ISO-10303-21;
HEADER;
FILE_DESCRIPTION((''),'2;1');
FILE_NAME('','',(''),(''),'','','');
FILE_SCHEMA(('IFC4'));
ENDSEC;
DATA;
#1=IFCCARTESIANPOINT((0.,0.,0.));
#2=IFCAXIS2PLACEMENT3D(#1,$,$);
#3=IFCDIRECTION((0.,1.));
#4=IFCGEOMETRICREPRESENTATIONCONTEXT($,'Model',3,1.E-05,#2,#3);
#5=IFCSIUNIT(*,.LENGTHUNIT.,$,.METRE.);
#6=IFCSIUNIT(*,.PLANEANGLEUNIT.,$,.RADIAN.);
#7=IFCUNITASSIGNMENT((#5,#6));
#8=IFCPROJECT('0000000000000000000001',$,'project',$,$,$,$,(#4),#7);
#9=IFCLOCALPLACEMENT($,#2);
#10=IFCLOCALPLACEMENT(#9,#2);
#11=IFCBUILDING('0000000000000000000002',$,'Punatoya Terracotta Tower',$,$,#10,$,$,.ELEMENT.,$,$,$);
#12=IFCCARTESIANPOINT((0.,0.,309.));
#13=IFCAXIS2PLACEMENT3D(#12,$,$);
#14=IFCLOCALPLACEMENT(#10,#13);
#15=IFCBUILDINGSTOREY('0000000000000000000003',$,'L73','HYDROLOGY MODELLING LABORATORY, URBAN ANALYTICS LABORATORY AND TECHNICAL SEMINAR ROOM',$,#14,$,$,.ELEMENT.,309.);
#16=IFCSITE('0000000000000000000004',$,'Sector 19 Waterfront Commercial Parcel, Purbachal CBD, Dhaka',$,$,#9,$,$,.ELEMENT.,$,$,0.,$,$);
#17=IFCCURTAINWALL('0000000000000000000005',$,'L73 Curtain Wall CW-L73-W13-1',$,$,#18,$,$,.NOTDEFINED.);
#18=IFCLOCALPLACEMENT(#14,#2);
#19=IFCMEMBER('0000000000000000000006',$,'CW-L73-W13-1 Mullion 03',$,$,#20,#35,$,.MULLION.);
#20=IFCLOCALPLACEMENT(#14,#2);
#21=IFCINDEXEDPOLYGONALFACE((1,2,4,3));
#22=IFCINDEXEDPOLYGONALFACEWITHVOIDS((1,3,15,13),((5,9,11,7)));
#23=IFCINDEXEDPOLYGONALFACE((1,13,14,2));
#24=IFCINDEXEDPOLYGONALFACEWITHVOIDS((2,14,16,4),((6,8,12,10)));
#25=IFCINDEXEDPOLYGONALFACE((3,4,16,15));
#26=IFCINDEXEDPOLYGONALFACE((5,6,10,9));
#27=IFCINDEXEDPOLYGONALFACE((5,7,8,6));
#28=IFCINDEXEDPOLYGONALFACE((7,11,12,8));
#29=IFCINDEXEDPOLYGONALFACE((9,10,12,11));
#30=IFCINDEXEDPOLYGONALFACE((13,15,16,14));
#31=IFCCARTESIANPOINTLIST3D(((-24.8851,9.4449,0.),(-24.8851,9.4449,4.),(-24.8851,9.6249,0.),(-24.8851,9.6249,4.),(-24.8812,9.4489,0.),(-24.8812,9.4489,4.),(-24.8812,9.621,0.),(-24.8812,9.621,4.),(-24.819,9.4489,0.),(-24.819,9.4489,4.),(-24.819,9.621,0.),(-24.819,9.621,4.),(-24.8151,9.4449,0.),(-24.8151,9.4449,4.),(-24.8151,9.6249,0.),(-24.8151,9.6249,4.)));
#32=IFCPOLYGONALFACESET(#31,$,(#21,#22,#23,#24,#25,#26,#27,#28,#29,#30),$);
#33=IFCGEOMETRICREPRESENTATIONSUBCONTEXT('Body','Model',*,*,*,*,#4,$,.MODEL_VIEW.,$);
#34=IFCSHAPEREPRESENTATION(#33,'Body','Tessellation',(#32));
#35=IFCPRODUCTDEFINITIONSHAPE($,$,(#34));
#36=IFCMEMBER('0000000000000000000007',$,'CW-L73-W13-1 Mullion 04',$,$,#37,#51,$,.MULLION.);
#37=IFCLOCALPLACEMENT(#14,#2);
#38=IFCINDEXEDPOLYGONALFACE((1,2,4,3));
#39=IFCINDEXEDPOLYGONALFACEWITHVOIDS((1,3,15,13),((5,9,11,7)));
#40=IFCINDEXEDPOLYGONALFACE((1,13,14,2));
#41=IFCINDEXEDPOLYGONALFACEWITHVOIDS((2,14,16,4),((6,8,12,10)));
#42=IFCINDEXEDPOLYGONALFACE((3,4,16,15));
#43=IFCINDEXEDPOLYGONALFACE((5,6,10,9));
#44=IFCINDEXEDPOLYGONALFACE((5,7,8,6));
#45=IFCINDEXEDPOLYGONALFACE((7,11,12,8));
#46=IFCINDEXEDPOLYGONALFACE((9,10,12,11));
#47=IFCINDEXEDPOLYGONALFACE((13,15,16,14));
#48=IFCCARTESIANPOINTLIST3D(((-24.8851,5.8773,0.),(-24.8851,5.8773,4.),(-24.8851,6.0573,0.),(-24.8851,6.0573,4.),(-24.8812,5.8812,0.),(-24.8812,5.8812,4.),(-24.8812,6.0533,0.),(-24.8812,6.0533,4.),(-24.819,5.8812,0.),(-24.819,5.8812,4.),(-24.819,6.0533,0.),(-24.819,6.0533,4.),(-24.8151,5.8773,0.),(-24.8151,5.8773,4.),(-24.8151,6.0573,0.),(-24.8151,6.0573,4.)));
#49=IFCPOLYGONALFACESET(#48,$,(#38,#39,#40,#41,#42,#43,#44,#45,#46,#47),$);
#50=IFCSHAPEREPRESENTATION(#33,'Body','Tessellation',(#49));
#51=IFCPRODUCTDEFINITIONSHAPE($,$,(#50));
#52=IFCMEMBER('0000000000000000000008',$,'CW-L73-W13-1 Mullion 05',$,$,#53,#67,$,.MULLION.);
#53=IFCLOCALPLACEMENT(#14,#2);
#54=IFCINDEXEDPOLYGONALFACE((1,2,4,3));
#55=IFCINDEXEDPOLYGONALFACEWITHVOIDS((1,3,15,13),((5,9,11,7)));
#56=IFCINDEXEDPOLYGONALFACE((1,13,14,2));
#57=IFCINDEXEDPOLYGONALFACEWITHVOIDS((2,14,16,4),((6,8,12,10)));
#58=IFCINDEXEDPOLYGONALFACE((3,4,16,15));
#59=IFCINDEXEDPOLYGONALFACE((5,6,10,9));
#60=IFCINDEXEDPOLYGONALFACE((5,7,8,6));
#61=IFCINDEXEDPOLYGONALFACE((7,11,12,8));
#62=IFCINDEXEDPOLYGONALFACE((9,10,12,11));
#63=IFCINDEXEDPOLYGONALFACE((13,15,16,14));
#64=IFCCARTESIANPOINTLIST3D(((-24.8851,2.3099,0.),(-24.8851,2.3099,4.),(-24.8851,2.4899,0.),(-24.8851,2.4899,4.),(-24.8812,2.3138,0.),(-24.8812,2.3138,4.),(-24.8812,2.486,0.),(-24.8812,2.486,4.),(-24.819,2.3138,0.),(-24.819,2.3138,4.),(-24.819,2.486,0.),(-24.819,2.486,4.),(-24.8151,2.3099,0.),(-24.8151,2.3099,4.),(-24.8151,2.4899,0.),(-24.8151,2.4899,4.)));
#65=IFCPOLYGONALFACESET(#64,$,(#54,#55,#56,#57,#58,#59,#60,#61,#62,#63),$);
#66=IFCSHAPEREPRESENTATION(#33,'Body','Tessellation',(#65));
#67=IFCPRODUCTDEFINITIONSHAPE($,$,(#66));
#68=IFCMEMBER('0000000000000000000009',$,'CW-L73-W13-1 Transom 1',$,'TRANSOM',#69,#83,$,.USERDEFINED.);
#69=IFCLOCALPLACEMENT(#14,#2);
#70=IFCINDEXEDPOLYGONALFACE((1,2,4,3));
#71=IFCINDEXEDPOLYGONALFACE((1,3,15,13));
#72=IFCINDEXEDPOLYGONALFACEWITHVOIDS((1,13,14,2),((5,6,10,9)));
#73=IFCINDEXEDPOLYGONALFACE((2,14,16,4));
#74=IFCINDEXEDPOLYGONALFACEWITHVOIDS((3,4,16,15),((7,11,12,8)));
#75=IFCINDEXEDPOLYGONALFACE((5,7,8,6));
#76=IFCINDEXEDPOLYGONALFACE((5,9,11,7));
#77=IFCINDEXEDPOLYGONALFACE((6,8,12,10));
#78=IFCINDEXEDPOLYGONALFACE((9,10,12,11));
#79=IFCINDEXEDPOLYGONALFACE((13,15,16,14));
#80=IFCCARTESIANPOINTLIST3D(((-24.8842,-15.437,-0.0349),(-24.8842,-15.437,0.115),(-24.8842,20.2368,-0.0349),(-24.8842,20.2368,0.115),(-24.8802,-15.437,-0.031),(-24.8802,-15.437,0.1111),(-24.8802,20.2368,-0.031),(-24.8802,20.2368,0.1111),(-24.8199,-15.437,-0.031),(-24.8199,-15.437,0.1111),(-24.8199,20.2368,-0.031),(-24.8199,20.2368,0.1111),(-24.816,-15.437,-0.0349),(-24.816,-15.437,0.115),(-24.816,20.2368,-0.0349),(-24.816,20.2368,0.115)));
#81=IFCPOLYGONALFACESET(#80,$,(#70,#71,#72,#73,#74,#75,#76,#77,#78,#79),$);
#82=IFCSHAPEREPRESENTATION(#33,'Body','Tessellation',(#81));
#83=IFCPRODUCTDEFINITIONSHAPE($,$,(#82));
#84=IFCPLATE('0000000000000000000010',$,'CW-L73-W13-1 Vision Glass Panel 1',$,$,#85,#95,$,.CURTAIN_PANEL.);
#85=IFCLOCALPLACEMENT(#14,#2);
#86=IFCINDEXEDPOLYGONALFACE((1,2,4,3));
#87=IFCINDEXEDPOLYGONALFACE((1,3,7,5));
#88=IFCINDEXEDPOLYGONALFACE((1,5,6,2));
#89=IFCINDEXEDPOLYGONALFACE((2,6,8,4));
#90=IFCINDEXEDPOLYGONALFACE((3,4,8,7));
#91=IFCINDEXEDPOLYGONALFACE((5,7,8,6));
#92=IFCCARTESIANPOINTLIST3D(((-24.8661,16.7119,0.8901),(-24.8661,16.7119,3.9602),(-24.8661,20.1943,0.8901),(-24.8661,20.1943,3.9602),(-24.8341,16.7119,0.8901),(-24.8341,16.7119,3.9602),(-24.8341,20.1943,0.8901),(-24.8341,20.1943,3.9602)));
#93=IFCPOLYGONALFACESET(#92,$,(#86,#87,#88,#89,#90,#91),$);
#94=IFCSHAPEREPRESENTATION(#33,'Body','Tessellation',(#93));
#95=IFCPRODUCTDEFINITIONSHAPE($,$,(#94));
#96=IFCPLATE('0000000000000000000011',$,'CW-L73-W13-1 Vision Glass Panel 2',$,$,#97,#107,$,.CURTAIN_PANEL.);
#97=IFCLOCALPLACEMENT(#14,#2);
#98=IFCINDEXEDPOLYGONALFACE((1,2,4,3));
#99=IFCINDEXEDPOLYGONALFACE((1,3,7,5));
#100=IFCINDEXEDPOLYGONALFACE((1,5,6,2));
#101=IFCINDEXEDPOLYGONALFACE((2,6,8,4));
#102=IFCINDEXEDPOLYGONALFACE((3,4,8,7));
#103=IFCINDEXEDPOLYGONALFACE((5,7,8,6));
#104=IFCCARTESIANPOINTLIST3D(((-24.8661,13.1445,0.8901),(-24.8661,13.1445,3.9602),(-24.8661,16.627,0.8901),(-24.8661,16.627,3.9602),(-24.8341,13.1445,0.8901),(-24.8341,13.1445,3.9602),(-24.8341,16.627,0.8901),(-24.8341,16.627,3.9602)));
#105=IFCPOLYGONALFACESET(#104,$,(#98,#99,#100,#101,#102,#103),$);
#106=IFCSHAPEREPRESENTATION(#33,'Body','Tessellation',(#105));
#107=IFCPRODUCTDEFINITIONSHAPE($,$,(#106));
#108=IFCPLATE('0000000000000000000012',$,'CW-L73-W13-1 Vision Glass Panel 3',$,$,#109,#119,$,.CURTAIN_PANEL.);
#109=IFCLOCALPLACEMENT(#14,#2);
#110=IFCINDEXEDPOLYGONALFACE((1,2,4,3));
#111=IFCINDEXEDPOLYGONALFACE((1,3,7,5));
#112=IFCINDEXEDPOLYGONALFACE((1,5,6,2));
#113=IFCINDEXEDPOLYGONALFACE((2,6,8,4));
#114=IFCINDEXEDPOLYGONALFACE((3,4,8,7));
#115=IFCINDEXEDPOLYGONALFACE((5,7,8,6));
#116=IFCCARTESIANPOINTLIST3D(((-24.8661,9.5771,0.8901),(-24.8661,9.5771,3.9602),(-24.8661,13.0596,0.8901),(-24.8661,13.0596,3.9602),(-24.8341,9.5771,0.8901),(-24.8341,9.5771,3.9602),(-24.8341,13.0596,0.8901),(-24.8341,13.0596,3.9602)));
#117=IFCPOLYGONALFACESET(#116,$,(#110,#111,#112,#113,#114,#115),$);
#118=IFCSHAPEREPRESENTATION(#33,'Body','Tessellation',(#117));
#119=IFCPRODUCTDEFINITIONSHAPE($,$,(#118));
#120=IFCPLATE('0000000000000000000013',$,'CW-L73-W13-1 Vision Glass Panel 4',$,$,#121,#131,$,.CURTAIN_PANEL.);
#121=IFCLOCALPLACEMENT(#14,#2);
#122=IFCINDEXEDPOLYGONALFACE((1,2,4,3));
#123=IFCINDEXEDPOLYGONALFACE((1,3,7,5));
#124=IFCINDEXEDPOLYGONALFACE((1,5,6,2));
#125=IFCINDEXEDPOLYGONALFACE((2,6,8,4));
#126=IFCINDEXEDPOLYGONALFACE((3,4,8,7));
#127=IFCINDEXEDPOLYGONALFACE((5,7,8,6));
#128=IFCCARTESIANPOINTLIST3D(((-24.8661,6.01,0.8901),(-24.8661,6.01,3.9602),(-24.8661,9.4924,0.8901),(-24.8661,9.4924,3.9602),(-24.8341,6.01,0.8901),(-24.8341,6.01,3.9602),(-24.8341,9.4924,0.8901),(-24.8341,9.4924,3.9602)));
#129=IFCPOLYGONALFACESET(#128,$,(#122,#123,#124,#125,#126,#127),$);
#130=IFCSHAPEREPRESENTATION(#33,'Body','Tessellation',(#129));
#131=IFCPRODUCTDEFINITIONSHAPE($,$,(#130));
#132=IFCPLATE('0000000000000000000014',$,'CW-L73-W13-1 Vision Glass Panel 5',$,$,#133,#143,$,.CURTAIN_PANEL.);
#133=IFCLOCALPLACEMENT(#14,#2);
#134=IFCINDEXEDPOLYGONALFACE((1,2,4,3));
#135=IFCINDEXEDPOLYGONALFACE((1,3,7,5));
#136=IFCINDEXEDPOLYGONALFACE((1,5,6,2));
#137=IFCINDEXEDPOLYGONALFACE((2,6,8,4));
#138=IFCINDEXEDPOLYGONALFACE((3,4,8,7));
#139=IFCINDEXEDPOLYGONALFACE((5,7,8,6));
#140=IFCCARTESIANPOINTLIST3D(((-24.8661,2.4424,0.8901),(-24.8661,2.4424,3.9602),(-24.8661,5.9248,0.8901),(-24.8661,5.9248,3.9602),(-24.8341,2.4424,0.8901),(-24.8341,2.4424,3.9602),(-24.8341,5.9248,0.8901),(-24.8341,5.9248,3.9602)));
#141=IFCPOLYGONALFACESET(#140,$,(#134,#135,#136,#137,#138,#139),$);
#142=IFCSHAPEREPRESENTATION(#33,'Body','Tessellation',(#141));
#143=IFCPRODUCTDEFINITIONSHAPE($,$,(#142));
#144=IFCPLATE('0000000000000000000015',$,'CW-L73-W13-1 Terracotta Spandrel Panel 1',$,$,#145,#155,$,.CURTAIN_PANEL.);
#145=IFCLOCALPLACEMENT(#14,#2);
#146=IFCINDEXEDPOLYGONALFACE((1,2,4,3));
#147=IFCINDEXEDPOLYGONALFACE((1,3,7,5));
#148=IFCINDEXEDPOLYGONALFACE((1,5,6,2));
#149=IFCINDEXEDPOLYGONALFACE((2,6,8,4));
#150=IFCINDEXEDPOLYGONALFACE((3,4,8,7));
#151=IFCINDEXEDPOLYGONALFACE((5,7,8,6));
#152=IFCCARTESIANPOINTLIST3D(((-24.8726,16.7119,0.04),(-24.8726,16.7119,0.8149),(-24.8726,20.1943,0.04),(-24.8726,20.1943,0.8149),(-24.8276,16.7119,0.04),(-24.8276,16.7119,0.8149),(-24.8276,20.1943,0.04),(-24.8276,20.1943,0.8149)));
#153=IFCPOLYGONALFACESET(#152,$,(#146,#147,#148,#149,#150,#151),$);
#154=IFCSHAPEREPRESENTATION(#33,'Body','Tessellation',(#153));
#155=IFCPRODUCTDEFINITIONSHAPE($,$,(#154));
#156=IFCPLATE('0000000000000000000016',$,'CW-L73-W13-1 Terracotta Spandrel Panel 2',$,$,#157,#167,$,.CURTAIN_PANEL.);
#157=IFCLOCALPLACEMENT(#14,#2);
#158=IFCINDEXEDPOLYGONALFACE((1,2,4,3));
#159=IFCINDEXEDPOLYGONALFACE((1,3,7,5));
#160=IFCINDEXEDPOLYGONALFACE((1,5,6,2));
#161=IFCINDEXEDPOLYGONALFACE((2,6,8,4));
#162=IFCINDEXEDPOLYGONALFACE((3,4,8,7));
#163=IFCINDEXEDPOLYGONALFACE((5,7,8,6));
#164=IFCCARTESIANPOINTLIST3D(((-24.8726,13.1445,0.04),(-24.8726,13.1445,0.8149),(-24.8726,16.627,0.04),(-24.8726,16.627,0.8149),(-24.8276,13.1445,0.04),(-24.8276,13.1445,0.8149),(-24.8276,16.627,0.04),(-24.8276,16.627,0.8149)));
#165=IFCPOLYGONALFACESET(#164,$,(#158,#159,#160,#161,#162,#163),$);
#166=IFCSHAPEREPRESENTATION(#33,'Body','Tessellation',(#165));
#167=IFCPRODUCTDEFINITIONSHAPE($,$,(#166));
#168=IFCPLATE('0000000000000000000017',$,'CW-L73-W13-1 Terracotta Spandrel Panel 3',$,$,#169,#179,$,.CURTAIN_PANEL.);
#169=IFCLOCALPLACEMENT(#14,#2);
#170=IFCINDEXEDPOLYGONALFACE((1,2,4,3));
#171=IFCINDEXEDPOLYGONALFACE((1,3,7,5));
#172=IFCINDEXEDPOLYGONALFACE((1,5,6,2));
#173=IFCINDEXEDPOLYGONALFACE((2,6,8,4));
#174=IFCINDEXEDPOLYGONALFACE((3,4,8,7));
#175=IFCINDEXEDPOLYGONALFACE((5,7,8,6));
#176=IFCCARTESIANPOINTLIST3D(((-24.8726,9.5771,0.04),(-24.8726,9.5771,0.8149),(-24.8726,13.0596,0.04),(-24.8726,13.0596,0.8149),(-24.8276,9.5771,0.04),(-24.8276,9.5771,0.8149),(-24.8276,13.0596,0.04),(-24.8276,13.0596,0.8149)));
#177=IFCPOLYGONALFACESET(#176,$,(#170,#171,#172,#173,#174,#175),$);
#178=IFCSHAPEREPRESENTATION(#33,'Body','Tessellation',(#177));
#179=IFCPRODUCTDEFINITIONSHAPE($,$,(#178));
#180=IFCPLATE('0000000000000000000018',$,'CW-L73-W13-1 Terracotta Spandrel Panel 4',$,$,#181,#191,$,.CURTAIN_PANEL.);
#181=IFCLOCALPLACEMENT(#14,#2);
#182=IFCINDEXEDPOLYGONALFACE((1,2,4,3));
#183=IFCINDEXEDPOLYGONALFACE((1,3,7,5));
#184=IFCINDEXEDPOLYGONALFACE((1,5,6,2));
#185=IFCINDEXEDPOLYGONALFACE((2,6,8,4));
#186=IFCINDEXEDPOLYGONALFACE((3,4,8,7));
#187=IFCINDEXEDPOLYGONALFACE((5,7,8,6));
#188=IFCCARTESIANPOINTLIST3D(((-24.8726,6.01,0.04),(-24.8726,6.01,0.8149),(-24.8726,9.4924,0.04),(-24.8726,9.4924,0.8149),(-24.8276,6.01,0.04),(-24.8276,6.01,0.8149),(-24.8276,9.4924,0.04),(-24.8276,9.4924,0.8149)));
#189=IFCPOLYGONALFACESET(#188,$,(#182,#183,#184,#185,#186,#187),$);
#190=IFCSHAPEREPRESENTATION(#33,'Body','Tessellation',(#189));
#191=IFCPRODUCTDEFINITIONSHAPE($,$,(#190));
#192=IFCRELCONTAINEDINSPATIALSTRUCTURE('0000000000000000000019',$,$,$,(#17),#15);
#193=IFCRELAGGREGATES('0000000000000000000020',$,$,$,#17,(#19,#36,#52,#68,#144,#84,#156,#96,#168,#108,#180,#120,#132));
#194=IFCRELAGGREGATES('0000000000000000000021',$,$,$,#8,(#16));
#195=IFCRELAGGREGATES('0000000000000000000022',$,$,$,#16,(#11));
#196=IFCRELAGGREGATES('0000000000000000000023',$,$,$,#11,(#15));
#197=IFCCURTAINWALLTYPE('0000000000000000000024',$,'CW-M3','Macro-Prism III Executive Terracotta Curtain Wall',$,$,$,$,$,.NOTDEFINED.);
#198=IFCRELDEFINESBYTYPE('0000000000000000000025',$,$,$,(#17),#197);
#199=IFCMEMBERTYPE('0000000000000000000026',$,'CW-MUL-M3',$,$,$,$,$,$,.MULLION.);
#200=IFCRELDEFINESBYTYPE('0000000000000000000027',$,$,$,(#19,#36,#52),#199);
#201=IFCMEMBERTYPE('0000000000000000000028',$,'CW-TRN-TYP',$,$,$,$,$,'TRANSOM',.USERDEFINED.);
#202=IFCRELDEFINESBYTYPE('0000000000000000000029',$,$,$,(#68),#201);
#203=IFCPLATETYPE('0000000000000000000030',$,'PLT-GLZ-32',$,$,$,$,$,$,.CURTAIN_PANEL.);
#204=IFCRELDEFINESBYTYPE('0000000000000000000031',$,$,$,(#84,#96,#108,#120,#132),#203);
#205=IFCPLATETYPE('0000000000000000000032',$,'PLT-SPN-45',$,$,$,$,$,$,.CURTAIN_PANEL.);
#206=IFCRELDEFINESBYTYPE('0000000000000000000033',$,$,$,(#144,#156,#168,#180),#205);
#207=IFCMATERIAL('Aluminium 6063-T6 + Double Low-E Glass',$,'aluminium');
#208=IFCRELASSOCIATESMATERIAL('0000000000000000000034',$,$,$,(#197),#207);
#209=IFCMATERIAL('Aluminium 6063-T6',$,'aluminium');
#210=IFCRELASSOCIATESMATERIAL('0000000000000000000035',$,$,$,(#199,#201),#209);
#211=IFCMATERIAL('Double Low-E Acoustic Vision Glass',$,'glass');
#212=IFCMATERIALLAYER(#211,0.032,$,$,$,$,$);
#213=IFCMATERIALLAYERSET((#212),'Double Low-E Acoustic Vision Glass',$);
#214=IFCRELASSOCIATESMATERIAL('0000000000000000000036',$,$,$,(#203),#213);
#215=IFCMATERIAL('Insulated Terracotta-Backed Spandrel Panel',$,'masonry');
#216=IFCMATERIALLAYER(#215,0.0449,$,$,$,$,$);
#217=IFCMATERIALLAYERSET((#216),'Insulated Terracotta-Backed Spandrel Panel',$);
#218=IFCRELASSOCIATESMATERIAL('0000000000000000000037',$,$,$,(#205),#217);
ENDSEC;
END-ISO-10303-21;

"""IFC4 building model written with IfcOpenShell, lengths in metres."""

from ifc_helpers import new_model, si_unit, direction, frame, origin, origin_2d, place, context, subcontext, project, spatial, rectangle, hollow_rectangle, extrude, material, layer, layer_set, material_profile, profile_set, type_object, element, aggregate, save


model = new_model("IFC4")

# Units and contexts
model_context = context("Model", 3, precision=1e-05, world=origin(), true_north=direction((0.0, 1.0)))
body_context = subcontext(model_context, "Body", "Model", "MODEL_VIEW")
ifc_project = project(units=[si_unit("LENGTHUNIT", "METRE"), si_unit("PLANEANGLEUNIT", "RADIAN")], contexts=[model_context])

# Site, building, storey
site_placement = place(None, origin())
site = spatial("IfcSite", under=ifc_project, at=site_placement, Name="Sector 19 Waterfront Commercial Parcel, Purbachal CBD, Dhaka", CompositionType="ELEMENT", RefElevation=0.0)
building_placement = place(site_placement, origin())
building = spatial("IfcBuilding", under=site, at=building_placement, Name="Punatoya Terracotta Tower", CompositionType="ELEMENT")
storey_placement = place(building_placement, frame((0.0, 0.0, 309.0)))
storey = spatial("IfcBuildingStorey", under=building, at=storey_placement, Name="L73", Description="HYDROLOGY MODELLING LABORATORY, URBAN ANALYTICS LABORATORY AND TECHNICAL SEMINAR ROOM", CompositionType="ELEMENT", Elevation=309.0)

# Curtain wall, members, plates
ifc_material_1 = material(Name="Aluminium 6063-T6 + Double Low-E Glass", Category="aluminium")
curtain_wall_type = type_object("IfcCurtainWallType", Name="CW-M3", Description="Macro-Prism III Executive Terracotta Curtain Wall", PredefinedType="NOTDEFINED", material=ifc_material_1)
curtain_wall_placement = place(storey_placement, origin())
curtain_wall = element("IfcCurtainWall", 1, at=curtain_wall_placement, inside=storey, type_object=curtain_wall_type, Name="L73 Curtain Wall CW-L73-W13-1", PredefinedType="NOTDEFINED")
ifc_material_2 = material(Name="Aluminium 6063-T6", Category="aluminium")
ifc_material_profile_1 = material_profile(ifc_material_2, hollow_rectangle(XDim=0.0701, YDim=0.1799, WallThickness=0.0039, at=origin_2d()))
ifc_profile_set_1 = profile_set([ifc_material_profile_1], Name="Aluminium 6063-T6")
member_type_1 = type_object("IfcMemberType", Name="CW-MUL-M3", PredefinedType="MULLION", material=ifc_profile_set_1)
member_1_placement = place(storey_placement, frame((-24.8501, 9.5349, 0.0), z_axis=(0.0, 0.0, 1.0), x_axis=(1.0, 0.0, 0.0)))
member_1 = element("IfcMember", 2, at=member_1_placement, type_object=member_type_1, Name="CW-L73-W13-1 Mullion 03", PredefinedType="MULLION", context=body_context, shape_type="SweptSolid", body=[
    extrude(hollow_rectangle(XDim=0.0701, YDim=0.1799, WallThickness=0.0039, at=origin_2d()), origin(), (0.0, 0.0, 1.0), 4.0),
])
member_2_placement = place(storey_placement, frame((-24.8501, 5.9673, 0.0), z_axis=(0.0, 0.0, 1.0), x_axis=(1.0, 0.0, 0.0)))
member_2 = element("IfcMember", 3, at=member_2_placement, type_object=member_type_1, Name="CW-L73-W13-1 Mullion 04", PredefinedType="MULLION", context=body_context, shape_type="SweptSolid", body=[
    extrude(hollow_rectangle(XDim=0.0701, YDim=0.1799, WallThickness=0.0039, at=origin_2d()), origin(), (0.0, 0.0, 1.0), 4.0),
])
member_3_placement = place(storey_placement, frame((-24.8501, 2.3999, 0.0), z_axis=(0.0, 0.0, 1.0), x_axis=(1.0, 0.0, 0.0)))
member_3 = element("IfcMember", 4, at=member_3_placement, type_object=member_type_1, Name="CW-L73-W13-1 Mullion 05", PredefinedType="MULLION", context=body_context, shape_type="SweptSolid", body=[
    extrude(hollow_rectangle(XDim=0.0701, YDim=0.1799, WallThickness=0.0039, at=origin_2d()), origin(), (0.0, 0.0, 1.0), 4.0),
])
ifc_material_profile_2 = material_profile(ifc_material_2, hollow_rectangle(XDim=0.0681, YDim=0.1499, WallThickness=0.0039, at=origin_2d()))
ifc_profile_set_2 = profile_set([ifc_material_profile_2], Name="Aluminium 6063-T6")
member_type_2 = type_object("IfcMemberType", Name="CW-TRN-TYP", ElementType="TRANSOM", PredefinedType="USERDEFINED", material=ifc_profile_set_2)
member_4_placement = place(storey_placement, frame((-24.8501, 20.2368, 0.04), z_axis=(0.0, -1.0, 0.0), x_axis=(1.0, 0.0, 0.0)))
member_4 = element("IfcMember", 5, at=member_4_placement, type_object=member_type_2, Name="CW-L73-W13-1 Transom 1", ObjectType="TRANSOM", PredefinedType="USERDEFINED", context=body_context, shape_type="SweptSolid", body=[
    extrude(hollow_rectangle(XDim=0.0681, YDim=0.1499, WallThickness=0.0039, at=origin_2d()), origin(), (0.0, 0.0, 1.0), 35.6738),
])
ifc_material_3 = material(Name="Double Low-E Acoustic Vision Glass", Category="glass")
ifc_layer_1 = layer(ifc_material_3, 0.032)
ifc_layer_set_1 = layer_set([ifc_layer_1], Name="Double Low-E Acoustic Vision Glass")
plate_type_1 = type_object("IfcPlateType", Name="PLT-GLZ-32", PredefinedType="CURTAIN_PANEL", material=ifc_layer_set_1)
plate_1_placement = place(storey_placement, frame((-24.8501, 18.4531, 0.8901), z_axis=(0.0, 0.0, 1.0), x_axis=(0.0, -1.0, 0.0)))
plate_1 = element("IfcPlate", 6, at=plate_1_placement, type_object=plate_type_1, Name="CW-L73-W13-1 Vision Glass Panel 1", PredefinedType="CURTAIN_PANEL", context=body_context, shape_type="SweptSolid", body=[
    extrude(rectangle(XDim=3.4824, YDim=0.032, at=origin_2d()), origin(), (0.0, 0.0, 1.0), 3.0701),
])
plate_2_placement = place(storey_placement, frame((-24.8501, 14.8857, 0.8901), z_axis=(0.0, 0.0, 1.0), x_axis=(0.0, -1.0, 0.0)))
plate_2 = element("IfcPlate", 7, at=plate_2_placement, type_object=plate_type_1, Name="CW-L73-W13-1 Vision Glass Panel 2", PredefinedType="CURTAIN_PANEL", context=body_context, shape_type="SweptSolid", body=[
    extrude(rectangle(XDim=3.4824, YDim=0.032, at=origin_2d()), origin(), (0.0, 0.0, 1.0), 3.0701),
])
plate_3_placement = place(storey_placement, frame((-24.8501, 11.3184, 0.8901), z_axis=(0.0, 0.0, 1.0), x_axis=(0.0, -1.0, 0.0)))
plate_3 = element("IfcPlate", 8, at=plate_3_placement, type_object=plate_type_1, Name="CW-L73-W13-1 Vision Glass Panel 3", PredefinedType="CURTAIN_PANEL", context=body_context, shape_type="SweptSolid", body=[
    extrude(rectangle(XDim=3.4824, YDim=0.032, at=origin_2d()), origin(), (0.0, 0.0, 1.0), 3.0701),
])
plate_4_placement = place(storey_placement, frame((-24.8501, 7.7512, 0.8901), z_axis=(0.0, 0.0, 1.0), x_axis=(0.0, -1.0, 0.0)))
plate_4 = element("IfcPlate", 9, at=plate_4_placement, type_object=plate_type_1, Name="CW-L73-W13-1 Vision Glass Panel 4", PredefinedType="CURTAIN_PANEL", context=body_context, shape_type="SweptSolid", body=[
    extrude(rectangle(XDim=3.4824, YDim=0.032, at=origin_2d()), origin(), (0.0, 0.0, 1.0), 3.0701),
])
plate_5_placement = place(storey_placement, frame((-24.8501, 4.1836, 0.8901), z_axis=(0.0, 0.0, 1.0), x_axis=(0.0, -1.0, 0.0)))
plate_5 = element("IfcPlate", 10, at=plate_5_placement, type_object=plate_type_1, Name="CW-L73-W13-1 Vision Glass Panel 5", PredefinedType="CURTAIN_PANEL", context=body_context, shape_type="SweptSolid", body=[
    extrude(rectangle(XDim=3.4824, YDim=0.032, at=origin_2d()), origin(), (0.0, 0.0, 1.0), 3.0701),
])
ifc_material_4 = material(Name="Insulated Terracotta-Backed Spandrel Panel", Category="masonry")
ifc_layer_2 = layer(ifc_material_4, 0.0449)
ifc_layer_set_2 = layer_set([ifc_layer_2], Name="Insulated Terracotta-Backed Spandrel Panel")
plate_type_2 = type_object("IfcPlateType", Name="PLT-SPN-45", PredefinedType="CURTAIN_PANEL", material=ifc_layer_set_2)
plate_6_placement = place(storey_placement, frame((-24.8501, 18.4531, 0.04), z_axis=(0.0, 0.0, 1.0), x_axis=(0.0, -1.0, 0.0)))
plate_6 = element("IfcPlate", 11, at=plate_6_placement, type_object=plate_type_2, Name="CW-L73-W13-1 Terracotta Spandrel Panel 1", PredefinedType="CURTAIN_PANEL", context=body_context, shape_type="SweptSolid", body=[
    extrude(rectangle(XDim=3.4824, YDim=0.0449, at=origin_2d()), origin(), (0.0, 0.0, 1.0), 0.7749),
])
plate_7_placement = place(storey_placement, frame((-24.8501, 14.8857, 0.04), z_axis=(0.0, 0.0, 1.0), x_axis=(0.0, -1.0, 0.0)))
plate_7 = element("IfcPlate", 12, at=plate_7_placement, type_object=plate_type_2, Name="CW-L73-W13-1 Terracotta Spandrel Panel 2", PredefinedType="CURTAIN_PANEL", context=body_context, shape_type="SweptSolid", body=[
    extrude(rectangle(XDim=3.4824, YDim=0.0449, at=origin_2d()), origin(), (0.0, 0.0, 1.0), 0.7749),
])
plate_8_placement = place(storey_placement, frame((-24.8501, 11.3184, 0.04), z_axis=(0.0, 0.0, 1.0), x_axis=(0.0, -1.0, 0.0)))
plate_8 = element("IfcPlate", 13, at=plate_8_placement, type_object=plate_type_2, Name="CW-L73-W13-1 Terracotta Spandrel Panel 3", PredefinedType="CURTAIN_PANEL", context=body_context, shape_type="SweptSolid", body=[
    extrude(rectangle(XDim=3.4824, YDim=0.0449, at=origin_2d()), origin(), (0.0, 0.0, 1.0), 0.7749),
])
plate_9_placement = place(storey_placement, frame((-24.8501, 7.7512, 0.04), z_axis=(0.0, 0.0, 1.0), x_axis=(0.0, -1.0, 0.0)))
plate_9 = element("IfcPlate", 14, at=plate_9_placement, type_object=plate_type_2, Name="CW-L73-W13-1 Terracotta Spandrel Panel 4", PredefinedType="CURTAIN_PANEL", context=body_context, shape_type="SweptSolid", body=[
    extrude(rectangle(XDim=3.4824, YDim=0.0449, at=origin_2d()), origin(), (0.0, 0.0, 1.0), 0.7749),
])
aggregate(curtain_wall, [member_1, member_2, member_3, member_4, plate_6, plate_1, plate_7, plate_2, plate_8, plate_3, plate_9, plate_4, plate_5])

save(model, "model.ifc")
